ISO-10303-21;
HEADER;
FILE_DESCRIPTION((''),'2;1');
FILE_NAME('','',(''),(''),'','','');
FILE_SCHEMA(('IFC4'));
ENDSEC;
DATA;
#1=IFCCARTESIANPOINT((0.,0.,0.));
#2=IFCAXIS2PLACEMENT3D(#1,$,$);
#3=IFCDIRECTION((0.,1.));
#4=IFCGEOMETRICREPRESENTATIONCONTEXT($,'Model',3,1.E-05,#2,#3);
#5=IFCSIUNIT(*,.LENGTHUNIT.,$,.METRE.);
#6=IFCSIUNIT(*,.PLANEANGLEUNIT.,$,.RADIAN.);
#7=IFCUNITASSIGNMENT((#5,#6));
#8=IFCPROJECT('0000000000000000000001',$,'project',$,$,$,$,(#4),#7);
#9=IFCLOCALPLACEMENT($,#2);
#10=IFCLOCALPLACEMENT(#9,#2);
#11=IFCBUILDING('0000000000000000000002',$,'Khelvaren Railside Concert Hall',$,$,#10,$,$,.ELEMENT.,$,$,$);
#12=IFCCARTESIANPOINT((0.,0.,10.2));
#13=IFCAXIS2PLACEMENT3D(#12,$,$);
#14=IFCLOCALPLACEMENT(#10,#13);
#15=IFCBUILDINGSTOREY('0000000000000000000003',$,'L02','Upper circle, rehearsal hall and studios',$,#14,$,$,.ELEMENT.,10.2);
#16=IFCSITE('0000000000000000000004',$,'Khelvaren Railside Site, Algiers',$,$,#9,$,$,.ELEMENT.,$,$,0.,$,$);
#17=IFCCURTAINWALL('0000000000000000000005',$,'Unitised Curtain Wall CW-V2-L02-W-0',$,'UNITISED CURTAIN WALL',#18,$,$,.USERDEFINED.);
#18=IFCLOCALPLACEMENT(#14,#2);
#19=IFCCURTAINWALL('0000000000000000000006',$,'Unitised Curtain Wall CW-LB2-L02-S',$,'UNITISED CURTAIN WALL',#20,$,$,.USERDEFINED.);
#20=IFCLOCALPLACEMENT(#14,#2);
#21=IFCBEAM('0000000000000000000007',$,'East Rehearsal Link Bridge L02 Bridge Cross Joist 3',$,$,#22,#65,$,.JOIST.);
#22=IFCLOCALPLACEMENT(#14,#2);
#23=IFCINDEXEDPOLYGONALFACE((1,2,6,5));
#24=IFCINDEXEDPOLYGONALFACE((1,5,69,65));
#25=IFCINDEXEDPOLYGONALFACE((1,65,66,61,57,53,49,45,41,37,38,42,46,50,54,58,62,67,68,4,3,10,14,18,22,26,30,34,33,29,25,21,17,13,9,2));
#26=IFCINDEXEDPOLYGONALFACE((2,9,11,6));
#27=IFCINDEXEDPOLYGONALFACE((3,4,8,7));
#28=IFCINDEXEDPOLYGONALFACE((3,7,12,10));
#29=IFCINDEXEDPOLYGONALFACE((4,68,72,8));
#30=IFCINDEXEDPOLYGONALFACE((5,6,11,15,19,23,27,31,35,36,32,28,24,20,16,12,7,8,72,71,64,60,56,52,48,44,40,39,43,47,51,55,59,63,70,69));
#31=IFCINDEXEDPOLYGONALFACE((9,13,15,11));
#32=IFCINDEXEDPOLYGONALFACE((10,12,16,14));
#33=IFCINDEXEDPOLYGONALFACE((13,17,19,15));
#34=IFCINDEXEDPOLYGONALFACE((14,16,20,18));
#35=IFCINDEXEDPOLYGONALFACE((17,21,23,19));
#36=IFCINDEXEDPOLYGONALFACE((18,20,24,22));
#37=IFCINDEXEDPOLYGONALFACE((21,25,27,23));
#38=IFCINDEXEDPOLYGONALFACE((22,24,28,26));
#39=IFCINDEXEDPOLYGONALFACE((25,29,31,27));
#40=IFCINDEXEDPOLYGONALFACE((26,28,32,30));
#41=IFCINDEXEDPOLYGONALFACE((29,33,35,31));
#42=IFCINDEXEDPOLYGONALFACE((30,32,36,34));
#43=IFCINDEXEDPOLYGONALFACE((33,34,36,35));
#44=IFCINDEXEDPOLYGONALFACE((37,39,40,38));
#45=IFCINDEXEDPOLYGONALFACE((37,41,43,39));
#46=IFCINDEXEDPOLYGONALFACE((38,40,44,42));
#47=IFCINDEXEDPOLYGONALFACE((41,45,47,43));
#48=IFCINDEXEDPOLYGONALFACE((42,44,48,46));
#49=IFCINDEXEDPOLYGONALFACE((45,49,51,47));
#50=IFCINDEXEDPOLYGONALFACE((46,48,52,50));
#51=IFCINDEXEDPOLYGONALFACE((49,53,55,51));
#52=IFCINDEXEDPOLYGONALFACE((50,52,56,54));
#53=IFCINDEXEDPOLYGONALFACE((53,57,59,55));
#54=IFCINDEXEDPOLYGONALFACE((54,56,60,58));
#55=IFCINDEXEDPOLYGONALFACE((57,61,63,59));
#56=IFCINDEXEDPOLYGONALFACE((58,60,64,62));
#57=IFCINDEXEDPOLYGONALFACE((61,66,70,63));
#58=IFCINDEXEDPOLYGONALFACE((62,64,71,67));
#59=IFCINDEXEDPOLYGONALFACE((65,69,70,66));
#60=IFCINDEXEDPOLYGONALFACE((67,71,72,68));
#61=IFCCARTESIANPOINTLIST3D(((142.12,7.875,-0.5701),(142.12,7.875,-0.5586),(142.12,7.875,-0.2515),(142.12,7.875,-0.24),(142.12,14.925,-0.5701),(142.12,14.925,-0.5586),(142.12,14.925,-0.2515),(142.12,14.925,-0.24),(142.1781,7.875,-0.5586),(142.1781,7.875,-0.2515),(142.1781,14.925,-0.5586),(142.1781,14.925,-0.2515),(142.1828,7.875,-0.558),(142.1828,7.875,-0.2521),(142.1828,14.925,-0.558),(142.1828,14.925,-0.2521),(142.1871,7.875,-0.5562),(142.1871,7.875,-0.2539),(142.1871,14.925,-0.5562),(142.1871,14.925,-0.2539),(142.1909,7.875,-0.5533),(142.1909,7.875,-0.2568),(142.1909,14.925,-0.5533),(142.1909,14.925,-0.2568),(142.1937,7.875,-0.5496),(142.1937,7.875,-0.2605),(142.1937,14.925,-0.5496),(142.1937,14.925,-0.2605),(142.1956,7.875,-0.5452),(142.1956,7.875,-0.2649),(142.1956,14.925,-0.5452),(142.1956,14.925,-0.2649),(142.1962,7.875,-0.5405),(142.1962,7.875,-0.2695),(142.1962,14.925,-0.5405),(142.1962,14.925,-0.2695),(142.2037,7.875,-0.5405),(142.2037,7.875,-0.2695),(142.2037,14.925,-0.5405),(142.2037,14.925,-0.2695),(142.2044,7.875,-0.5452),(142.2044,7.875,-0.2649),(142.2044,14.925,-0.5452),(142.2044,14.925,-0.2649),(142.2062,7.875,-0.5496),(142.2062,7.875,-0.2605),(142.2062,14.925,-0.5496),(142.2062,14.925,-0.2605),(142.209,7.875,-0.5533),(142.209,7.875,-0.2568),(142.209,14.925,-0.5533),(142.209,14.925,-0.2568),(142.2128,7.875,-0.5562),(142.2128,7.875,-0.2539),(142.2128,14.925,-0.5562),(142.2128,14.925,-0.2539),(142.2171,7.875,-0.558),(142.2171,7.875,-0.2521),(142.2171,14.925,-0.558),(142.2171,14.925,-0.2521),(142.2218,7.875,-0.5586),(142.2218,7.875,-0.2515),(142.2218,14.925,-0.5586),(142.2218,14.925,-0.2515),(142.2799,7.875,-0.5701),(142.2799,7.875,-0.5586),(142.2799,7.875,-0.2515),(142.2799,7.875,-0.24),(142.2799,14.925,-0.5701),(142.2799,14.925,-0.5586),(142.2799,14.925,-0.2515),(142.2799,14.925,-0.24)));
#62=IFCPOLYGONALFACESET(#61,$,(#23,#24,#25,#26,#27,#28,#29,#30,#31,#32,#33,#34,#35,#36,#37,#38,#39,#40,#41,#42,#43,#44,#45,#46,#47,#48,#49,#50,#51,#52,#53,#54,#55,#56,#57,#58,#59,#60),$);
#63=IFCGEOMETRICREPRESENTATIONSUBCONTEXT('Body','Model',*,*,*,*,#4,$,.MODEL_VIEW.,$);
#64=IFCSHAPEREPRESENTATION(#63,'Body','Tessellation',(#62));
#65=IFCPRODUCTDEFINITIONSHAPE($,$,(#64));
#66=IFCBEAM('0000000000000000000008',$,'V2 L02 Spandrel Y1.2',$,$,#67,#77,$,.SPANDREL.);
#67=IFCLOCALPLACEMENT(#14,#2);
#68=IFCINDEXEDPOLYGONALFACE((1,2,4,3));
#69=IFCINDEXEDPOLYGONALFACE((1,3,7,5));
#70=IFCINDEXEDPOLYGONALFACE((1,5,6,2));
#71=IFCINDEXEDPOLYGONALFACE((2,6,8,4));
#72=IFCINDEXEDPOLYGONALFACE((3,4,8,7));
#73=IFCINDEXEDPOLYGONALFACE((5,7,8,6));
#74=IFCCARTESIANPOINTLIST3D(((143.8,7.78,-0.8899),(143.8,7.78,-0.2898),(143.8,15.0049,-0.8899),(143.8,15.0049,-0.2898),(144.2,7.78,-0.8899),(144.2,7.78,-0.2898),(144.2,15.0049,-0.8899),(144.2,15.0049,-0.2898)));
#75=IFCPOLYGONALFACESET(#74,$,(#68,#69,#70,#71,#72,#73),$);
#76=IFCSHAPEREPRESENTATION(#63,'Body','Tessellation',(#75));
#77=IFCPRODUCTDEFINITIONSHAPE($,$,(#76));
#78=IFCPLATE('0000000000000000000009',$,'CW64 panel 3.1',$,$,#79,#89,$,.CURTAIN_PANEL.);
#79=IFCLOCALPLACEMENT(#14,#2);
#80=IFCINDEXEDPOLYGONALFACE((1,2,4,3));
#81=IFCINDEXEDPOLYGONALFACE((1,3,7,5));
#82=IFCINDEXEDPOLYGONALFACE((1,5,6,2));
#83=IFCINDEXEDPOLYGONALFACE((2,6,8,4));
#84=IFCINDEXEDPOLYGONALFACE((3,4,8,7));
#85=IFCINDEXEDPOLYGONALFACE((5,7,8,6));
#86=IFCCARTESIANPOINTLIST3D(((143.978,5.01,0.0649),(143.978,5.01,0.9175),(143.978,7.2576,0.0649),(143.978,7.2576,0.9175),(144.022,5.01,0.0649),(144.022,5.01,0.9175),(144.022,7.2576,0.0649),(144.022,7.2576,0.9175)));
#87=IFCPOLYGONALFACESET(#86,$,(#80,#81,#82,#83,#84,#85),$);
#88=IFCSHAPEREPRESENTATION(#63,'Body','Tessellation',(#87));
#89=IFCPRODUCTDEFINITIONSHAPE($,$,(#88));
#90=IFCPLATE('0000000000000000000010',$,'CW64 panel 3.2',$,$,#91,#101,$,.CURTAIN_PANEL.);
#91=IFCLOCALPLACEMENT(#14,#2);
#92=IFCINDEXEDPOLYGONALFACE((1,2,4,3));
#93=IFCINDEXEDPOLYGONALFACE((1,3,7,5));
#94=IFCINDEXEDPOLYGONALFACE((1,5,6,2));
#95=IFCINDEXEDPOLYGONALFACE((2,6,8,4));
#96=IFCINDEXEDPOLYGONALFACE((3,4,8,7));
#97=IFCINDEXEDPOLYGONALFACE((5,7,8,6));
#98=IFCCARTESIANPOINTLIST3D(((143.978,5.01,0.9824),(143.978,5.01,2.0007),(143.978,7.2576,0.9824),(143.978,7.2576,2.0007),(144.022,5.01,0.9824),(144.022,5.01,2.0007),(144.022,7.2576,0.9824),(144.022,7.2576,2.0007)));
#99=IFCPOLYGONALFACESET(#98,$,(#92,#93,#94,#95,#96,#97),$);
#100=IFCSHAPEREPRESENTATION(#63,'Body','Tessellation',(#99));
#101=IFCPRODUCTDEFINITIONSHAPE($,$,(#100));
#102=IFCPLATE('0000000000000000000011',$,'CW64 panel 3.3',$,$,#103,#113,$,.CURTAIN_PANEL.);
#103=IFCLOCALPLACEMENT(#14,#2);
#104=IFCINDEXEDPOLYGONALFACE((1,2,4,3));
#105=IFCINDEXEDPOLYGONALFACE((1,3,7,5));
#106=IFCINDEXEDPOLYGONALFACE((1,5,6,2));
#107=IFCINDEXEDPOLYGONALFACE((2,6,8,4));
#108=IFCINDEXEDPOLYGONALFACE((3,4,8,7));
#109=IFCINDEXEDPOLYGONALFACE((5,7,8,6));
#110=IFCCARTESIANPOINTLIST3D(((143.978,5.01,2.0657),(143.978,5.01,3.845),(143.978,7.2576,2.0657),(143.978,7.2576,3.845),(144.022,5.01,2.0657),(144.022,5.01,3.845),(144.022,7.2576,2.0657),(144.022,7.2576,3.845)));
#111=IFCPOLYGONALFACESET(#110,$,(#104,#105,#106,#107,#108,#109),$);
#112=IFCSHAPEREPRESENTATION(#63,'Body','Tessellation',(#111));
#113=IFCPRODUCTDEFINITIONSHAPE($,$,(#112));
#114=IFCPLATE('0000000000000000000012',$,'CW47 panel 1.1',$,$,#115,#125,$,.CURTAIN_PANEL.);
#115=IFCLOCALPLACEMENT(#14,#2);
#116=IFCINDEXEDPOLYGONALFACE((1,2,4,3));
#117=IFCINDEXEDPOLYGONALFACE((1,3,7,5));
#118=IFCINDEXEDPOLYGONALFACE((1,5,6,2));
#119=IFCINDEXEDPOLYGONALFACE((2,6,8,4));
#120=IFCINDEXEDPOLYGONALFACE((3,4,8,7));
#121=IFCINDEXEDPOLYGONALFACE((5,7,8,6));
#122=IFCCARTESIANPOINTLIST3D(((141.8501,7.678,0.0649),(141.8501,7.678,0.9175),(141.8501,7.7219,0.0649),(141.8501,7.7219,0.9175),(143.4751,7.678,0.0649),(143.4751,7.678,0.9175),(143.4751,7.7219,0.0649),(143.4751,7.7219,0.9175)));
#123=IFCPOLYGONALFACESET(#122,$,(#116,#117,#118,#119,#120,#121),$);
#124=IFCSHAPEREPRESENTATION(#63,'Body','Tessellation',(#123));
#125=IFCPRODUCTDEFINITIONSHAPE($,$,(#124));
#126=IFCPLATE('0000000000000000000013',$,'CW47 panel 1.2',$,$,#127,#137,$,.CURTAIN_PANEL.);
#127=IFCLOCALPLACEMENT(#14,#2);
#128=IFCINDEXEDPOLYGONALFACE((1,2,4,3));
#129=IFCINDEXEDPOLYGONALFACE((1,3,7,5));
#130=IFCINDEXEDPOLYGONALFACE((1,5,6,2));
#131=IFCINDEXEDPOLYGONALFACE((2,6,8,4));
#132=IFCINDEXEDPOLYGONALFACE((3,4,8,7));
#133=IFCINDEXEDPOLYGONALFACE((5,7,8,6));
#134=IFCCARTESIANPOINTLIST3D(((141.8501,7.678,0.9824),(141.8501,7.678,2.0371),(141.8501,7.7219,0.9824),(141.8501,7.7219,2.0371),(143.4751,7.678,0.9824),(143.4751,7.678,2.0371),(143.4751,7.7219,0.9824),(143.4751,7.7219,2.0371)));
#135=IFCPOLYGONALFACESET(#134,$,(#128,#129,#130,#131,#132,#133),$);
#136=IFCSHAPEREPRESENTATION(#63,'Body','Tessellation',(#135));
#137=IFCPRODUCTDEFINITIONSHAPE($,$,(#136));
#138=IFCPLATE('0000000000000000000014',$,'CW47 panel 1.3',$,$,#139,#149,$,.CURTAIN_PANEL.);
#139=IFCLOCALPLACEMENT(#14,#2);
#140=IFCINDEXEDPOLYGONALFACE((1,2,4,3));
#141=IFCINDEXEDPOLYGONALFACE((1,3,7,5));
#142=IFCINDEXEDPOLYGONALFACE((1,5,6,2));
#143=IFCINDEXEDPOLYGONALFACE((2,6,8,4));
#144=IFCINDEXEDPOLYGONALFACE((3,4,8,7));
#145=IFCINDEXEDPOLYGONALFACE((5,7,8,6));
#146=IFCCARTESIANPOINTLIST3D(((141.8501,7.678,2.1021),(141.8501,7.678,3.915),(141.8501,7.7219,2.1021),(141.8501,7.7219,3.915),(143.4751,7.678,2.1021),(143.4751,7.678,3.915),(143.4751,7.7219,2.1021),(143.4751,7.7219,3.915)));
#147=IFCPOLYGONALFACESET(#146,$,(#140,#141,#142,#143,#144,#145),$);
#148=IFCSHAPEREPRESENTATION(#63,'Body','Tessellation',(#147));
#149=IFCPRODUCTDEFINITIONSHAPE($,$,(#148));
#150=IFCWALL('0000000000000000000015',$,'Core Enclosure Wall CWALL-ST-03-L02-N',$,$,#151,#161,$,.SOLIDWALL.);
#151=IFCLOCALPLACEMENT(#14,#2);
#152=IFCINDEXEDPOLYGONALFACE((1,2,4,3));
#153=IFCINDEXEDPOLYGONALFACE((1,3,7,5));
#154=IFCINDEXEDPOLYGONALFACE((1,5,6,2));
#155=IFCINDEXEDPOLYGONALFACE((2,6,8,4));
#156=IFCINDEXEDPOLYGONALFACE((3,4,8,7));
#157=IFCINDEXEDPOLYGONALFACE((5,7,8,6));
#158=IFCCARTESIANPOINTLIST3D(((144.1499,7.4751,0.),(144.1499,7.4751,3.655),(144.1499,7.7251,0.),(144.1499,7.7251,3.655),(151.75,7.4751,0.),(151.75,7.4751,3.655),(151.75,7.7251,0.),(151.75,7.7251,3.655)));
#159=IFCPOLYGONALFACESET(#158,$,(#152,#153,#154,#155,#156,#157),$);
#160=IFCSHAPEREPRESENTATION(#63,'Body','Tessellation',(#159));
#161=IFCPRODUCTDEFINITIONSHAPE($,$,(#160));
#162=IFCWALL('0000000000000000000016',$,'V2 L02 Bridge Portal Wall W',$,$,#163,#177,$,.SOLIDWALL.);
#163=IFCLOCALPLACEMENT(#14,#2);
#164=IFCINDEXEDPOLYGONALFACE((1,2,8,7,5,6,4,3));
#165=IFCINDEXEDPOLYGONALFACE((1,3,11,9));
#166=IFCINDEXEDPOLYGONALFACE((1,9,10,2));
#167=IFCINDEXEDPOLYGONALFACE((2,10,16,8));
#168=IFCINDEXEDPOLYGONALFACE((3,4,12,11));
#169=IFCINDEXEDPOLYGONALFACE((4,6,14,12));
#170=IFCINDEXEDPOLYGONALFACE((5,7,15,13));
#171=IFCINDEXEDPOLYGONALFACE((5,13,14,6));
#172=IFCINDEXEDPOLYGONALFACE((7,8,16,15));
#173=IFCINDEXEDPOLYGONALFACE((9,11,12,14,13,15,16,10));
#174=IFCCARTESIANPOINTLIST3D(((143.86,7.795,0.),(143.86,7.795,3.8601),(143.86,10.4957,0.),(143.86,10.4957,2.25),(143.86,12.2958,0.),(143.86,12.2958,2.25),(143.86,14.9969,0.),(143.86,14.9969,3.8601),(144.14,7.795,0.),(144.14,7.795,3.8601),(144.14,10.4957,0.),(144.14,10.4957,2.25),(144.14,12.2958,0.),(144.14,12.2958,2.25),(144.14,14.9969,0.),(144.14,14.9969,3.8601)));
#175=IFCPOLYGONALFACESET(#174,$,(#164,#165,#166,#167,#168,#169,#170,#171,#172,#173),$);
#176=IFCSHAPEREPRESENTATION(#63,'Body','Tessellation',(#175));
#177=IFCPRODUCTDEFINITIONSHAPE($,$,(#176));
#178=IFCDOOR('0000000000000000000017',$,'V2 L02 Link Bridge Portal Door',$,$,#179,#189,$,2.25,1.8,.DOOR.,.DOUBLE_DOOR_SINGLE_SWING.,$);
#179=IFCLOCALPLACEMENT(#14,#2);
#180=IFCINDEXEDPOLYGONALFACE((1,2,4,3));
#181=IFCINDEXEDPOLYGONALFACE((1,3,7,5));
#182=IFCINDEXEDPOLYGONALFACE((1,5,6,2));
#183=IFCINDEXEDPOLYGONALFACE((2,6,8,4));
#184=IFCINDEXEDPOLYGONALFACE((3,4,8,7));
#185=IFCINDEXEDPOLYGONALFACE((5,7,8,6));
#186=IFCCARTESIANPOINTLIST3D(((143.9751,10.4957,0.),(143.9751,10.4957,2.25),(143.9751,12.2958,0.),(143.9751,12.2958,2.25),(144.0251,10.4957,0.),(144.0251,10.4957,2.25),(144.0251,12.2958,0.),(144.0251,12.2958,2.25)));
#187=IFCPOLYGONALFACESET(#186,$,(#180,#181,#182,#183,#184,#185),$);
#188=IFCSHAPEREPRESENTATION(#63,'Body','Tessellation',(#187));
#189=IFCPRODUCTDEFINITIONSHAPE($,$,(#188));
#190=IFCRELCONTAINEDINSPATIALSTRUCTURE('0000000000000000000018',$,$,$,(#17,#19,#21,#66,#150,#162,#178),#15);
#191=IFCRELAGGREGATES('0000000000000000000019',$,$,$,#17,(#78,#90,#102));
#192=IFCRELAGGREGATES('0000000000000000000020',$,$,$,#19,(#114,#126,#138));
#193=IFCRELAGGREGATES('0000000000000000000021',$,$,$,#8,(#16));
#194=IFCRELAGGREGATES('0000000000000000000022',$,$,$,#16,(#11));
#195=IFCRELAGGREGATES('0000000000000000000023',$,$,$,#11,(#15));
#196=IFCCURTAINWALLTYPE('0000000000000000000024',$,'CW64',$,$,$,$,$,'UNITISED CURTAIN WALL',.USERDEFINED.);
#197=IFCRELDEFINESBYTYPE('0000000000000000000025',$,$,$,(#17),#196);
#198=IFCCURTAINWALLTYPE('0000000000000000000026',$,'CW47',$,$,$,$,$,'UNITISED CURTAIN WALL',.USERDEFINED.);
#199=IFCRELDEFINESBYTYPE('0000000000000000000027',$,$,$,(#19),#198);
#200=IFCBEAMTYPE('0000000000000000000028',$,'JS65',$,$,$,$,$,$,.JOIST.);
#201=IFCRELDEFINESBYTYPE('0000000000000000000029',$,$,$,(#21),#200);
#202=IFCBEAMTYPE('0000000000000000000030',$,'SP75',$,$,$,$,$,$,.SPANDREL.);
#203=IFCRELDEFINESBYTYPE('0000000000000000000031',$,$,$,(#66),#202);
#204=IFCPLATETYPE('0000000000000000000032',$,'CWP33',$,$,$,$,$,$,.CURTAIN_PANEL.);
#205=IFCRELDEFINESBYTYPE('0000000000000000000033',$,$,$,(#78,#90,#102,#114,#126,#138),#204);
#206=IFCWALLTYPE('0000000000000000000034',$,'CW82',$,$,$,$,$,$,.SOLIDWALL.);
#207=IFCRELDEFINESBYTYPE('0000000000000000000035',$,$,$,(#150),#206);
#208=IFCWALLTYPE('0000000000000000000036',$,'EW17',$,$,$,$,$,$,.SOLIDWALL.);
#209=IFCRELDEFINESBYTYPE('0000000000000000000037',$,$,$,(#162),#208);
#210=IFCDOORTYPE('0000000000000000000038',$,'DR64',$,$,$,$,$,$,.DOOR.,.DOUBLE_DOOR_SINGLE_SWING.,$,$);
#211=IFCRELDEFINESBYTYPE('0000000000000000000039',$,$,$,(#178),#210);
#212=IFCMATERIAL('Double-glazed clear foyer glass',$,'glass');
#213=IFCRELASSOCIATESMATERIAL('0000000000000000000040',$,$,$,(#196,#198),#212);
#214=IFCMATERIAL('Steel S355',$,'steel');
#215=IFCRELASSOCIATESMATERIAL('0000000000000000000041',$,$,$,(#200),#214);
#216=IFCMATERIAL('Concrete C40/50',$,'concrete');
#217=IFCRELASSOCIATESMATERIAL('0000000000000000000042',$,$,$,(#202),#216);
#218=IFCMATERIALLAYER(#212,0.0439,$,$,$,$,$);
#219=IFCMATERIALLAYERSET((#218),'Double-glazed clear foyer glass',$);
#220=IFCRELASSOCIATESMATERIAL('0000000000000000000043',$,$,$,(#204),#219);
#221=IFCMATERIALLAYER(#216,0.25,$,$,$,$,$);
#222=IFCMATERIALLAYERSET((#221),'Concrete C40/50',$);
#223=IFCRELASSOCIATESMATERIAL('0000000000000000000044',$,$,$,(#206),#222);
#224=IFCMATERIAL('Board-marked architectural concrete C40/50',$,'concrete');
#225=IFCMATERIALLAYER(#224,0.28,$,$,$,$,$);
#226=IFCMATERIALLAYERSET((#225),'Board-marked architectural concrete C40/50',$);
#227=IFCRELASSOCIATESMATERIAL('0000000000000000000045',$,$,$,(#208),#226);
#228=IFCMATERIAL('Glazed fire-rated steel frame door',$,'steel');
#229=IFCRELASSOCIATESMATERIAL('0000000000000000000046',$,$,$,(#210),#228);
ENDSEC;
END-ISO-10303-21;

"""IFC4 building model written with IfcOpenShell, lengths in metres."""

from ifc_helpers import new_model, si_unit, direction, frame, frame_2d, origin, origin_2d, place, context, subcontext, project, spatial, rectangle, i_section, extrude, material, layer, layer_set, material_profile, profile_set, type_object, element, fill, aggregate, save


model = new_model("IFC4")

# Units and contexts
model_context = context("Model", 3, precision=1e-05, world=origin(), true_north=direction((0.0, 1.0)))
body_context = subcontext(model_context, "Body", "Model", "MODEL_VIEW")
ifc_project = project(units=[si_unit("LENGTHUNIT", "METRE"), si_unit("PLANEANGLEUNIT", "RADIAN")], contexts=[model_context])

# Site, building, storey
site_placement = place(None, origin())
site = spatial("IfcSite", under=ifc_project, at=site_placement, Name="Khelvaren Railside Site, Algiers", CompositionType="ELEMENT", RefElevation=0.0)
building_placement = place(site_placement, origin())
building = spatial("IfcBuilding", under=site, at=building_placement, Name="Khelvaren Railside Concert Hall", CompositionType="ELEMENT")
storey_placement = place(building_placement, frame((0.0, 0.0, 10.2)))
storey = spatial("IfcBuildingStorey", under=building, at=storey_placement, Name="L02", Description="Upper circle, rehearsal hall and studios", CompositionType="ELEMENT", Elevation=10.2)

# Shared definitions
ifc_material_1 = material(Name="Steel S355", Category="steel")

# Curtain wall
ifc_material_2 = material(Name="Double-glazed clear foyer glass", Category="glass")
curtain_wall_type_1 = type_object("IfcCurtainWallType", Name="CW64", ElementType="UNITISED CURTAIN WALL", PredefinedType="USERDEFINED", material=ifc_material_2)
curtain_wall_1_placement = place(storey_placement, origin())
curtain_wall_1 = element("IfcCurtainWall", 1, at=curtain_wall_1_placement, inside=storey, type_object=curtain_wall_type_1, Name="Unitised Curtain Wall CW-V2-L02-W-0", ObjectType="UNITISED CURTAIN WALL", PredefinedType="USERDEFINED")

# Curtain wall
curtain_wall_type_2 = type_object("IfcCurtainWallType", Name="CW47", ElementType="UNITISED CURTAIN WALL", PredefinedType="USERDEFINED", material=ifc_material_2)
curtain_wall_2_placement = place(storey_placement, origin())
curtain_wall_2 = element("IfcCurtainWall", 2, at=curtain_wall_2_placement, inside=storey, type_object=curtain_wall_type_2, Name="Unitised Curtain Wall CW-LB2-L02-S", ObjectType="UNITISED CURTAIN WALL", PredefinedType="USERDEFINED")

# Beams
ifc_material_profile_1 = material_profile(ifc_material_1, i_section(OverallWidth=0.1599, OverallDepth=0.3301, WebThickness=0.0076, FlangeThickness=0.0115, FilletRadius=0.0181, at=origin_2d()), Name="IPE 330")
ifc_profile_set_1 = profile_set([ifc_material_profile_1], Name="Steel S355")
beam_type_1 = type_object("IfcBeamType", Name="JS65", PredefinedType="JOIST", material=ifc_profile_set_1)
beam_1_placement = place(storey_placement, frame((142.2, 7.875, -0.405), z_axis=(0.0, 1.0, 0.0), x_axis=(-1.0, 0.0, 0.0)))
element("IfcBeam", 3, at=beam_1_placement, inside=storey, type_object=beam_type_1, Name="East Rehearsal Link Bridge L02 Bridge Cross Joist 3", PredefinedType="JOIST", context=body_context, shape_type="SweptSolid", body=[
    extrude(i_section(OverallWidth=0.1599, OverallDepth=0.3301, WebThickness=0.0076, FlangeThickness=0.0115, FilletRadius=0.0181, at=origin_2d()), origin(), (0.0, 0.0, 1.0), 7.05),
])
ifc_material_3 = material(Name="Concrete C40/50", Category="concrete")
ifc_material_profile_2 = material_profile(ifc_material_3, rectangle(XDim=0.3999, YDim=0.6001, at=origin_2d()), Name="RCB 400x600")
ifc_profile_set_2 = profile_set([ifc_material_profile_2], Name="Concrete C40/50")
beam_type_2 = type_object("IfcBeamType", Name="SP75", PredefinedType="SPANDREL", material=ifc_profile_set_2)
beam_2_placement = place(storey_placement, frame((144.0, 7.78, -0.5898), z_axis=(0.0, 1.0, 0.0), x_axis=(-1.0, 0.0, 0.0)))
element("IfcBeam", 4, at=beam_2_placement, inside=storey, type_object=beam_type_2, Name="V2 L02 Spandrel Y1.2", PredefinedType="SPANDREL", context=body_context, shape_type="SweptSolid", body=[
    extrude(rectangle(XDim=0.3999, YDim=0.6001, at=origin_2d()), origin(), (0.0, 0.0, 1.0), 7.2249),
])

# Plates
ifc_layer_1 = layer(ifc_material_2, 0.0439)
ifc_layer_set_1 = layer_set([ifc_layer_1], Name="Double-glazed clear foyer glass")
plate_type = type_object("IfcPlateType", Name="CWP33", PredefinedType="CURTAIN_PANEL", material=ifc_layer_set_1)
plate_1_placement = place(storey_placement, frame((144.0, 6.1338, 0.0649), z_axis=(0.0, 0.0, 1.0), x_axis=(0.0, 1.0, 0.0)))
plate_1 = element("IfcPlate", 5, at=plate_1_placement, type_object=plate_type, Name="CW64 panel 3.1", PredefinedType="CURTAIN_PANEL", context=body_context, shape_type="SweptSolid", body=[
    extrude(rectangle(XDim=2.2476, YDim=0.0439, at=origin_2d()), origin(), (0.0, 0.0, 1.0), 0.8525),
])
plate_2_placement = place(storey_placement, frame((144.0, 6.1338, 0.9824), z_axis=(0.0, 0.0, 1.0), x_axis=(0.0, 1.0, 0.0)))
plate_2 = element("IfcPlate", 6, at=plate_2_placement, type_object=plate_type, Name="CW64 panel 3.2", PredefinedType="CURTAIN_PANEL", context=body_context, shape_type="SweptSolid", body=[
    extrude(rectangle(XDim=2.2476, YDim=0.0439, at=origin_2d()), origin(), (0.0, 0.0, 1.0), 1.0183),
])
plate_3_placement = place(storey_placement, frame((144.0, 6.1338, 2.0657), z_axis=(0.0, 0.0, 1.0), x_axis=(0.0, 1.0, 0.0)))
plate_3 = element("IfcPlate", 7, at=plate_3_placement, type_object=plate_type, Name="CW64 panel 3.3", PredefinedType="CURTAIN_PANEL", context=body_context, shape_type="SweptSolid", body=[
    extrude(rectangle(XDim=2.2476, YDim=0.0439, at=origin_2d()), origin(), (0.0, 0.0, 1.0), 1.7793),
])
aggregate(curtain_wall_1, [plate_1, plate_2, plate_3])
plate_4_placement = place(storey_placement, frame((142.6626, 7.7, 0.0649), z_axis=(0.0, 0.0, 1.0), x_axis=(-1.0, 0.0, 0.0)))
plate_4 = element("IfcPlate", 8, at=plate_4_placement, type_object=plate_type, Name="CW47 panel 1.1", PredefinedType="CURTAIN_PANEL", context=body_context, shape_type="SweptSolid", body=[
    extrude(rectangle(XDim=1.625, YDim=0.0439, at=origin_2d()), origin(), (0.0, 0.0, 1.0), 0.8525),
])
plate_5_placement = place(storey_placement, frame((142.6626, 7.7, 0.9824), z_axis=(0.0, 0.0, 1.0), x_axis=(-1.0, 0.0, 0.0)))
plate_5 = element("IfcPlate", 9, at=plate_5_placement, type_object=plate_type, Name="CW47 panel 1.2", PredefinedType="CURTAIN_PANEL", context=body_context, shape_type="SweptSolid", body=[
    extrude(rectangle(XDim=1.625, YDim=0.0439, at=origin_2d()), origin(), (0.0, 0.0, 1.0), 1.0547),
])
plate_6_placement = place(storey_placement, frame((142.6626, 7.7, 2.1021), z_axis=(0.0, 0.0, 1.0), x_axis=(-1.0, 0.0, 0.0)))
plate_6 = element("IfcPlate", 10, at=plate_6_placement, type_object=plate_type, Name="CW47 panel 1.3", PredefinedType="CURTAIN_PANEL", context=body_context, shape_type="SweptSolid", body=[
    extrude(rectangle(XDim=1.625, YDim=0.0439, at=origin_2d()), origin(), (0.0, 0.0, 1.0), 1.813),
])
aggregate(curtain_wall_2, [plate_4, plate_5, plate_6])

# Wall
ifc_layer_2 = layer(ifc_material_3, 0.25)
ifc_layer_set_2 = layer_set([ifc_layer_2], Name="Concrete C40/50")
wall_type_1 = type_object("IfcWallType", Name="CW82", PredefinedType="SOLIDWALL", material=ifc_layer_set_2)
wall_1_placement = place(storey_placement, frame((144.1499, 7.6001, 0.0), z_axis=(0.0, 0.0, 1.0), x_axis=(1.0, 0.0, 0.0)))
element("IfcWall", 11, at=wall_1_placement, inside=storey, type_object=wall_type_1, Name="Core Enclosure Wall CWALL-ST-03-L02-N", PredefinedType="SOLIDWALL", context=body_context, shape_type="SweptSolid", body=[
    extrude(rectangle(XDim=7.6001, YDim=0.25, at=frame_2d((3.8, 0.0))), origin(), (0.0, 0.0, 1.0), 3.655),
])

# Wall, opening, door
ifc_material_4 = material(Name="Board-marked architectural concrete C40/50", Category="concrete")
ifc_layer_3 = layer(ifc_material_4, 0.28)
ifc_layer_set_3 = layer_set([ifc_layer_3], Name="Board-marked architectural concrete C40/50")
wall_type_2 = type_object("IfcWallType", Name="EW17", PredefinedType="SOLIDWALL", material=ifc_layer_set_3)
wall_2_placement = place(storey_placement, frame((144.0, 7.7949, 0.0), z_axis=(0.0, 0.0, 1.0), x_axis=(0.0, 1.0, 0.0)))
wall_2 = element("IfcWall", 12, at=wall_2_placement, inside=storey, type_object=wall_type_2, Name="V2 L02 Bridge Portal Wall W", PredefinedType="SOLIDWALL", context=body_context, shape_type="SweptSolid", body=[
    extrude(rectangle(XDim=7.2019, YDim=0.28, at=frame_2d((3.6011, 0.0))), origin(), (0.0, 0.0, 1.0), 3.8601),
])
opening_placement = place(wall_2_placement, frame((2.7009, 0.0, 0.0)))
opening = element("IfcOpeningElement", 13, at=opening_placement, cuts=wall_2, PredefinedType="OPENING", context=body_context, shape_type="SweptSolid", body=[
    extrude(rectangle(XDim=1.8, YDim=2.25, at=frame_2d((0.8999, 1.125))), frame((0.0, 0.1499, 0.0), z_axis=(0.0, -1.0, 0.0), x_axis=(1.0, 0.0, 0.0)), (0.0, 0.0, 1.0), 0.3),
])
ifc_material_5 = material(Name="Glazed fire-rated steel frame door", Category="steel")
door_type = type_object("IfcDoorType", Name="DR64", OperationType="DOUBLE_DOOR_SINGLE_SWING", PredefinedType="DOOR", material=ifc_material_5)
door_placement = place(opening_placement, origin())
door = element("IfcDoor", 14, at=door_placement, inside=storey, type_object=door_type, Name="V2 L02 Link Bridge Portal Door", OperationType="DOUBLE_DOOR_SINGLE_SWING", OverallHeight=2.25, OverallWidth=1.8, PredefinedType="DOOR", context=body_context, shape_type="SweptSolid", body=[
    extrude(rectangle(XDim=1.8, YDim=2.25, at=frame_2d((0.8999, 1.125))), frame((0.0, 0.0249, 0.0), z_axis=(0.0, -1.0, 0.0), x_axis=(1.0, 0.0, 0.0)), (0.0, 0.0, 1.0), 0.05),
])
fill(opening, door)

save(model, "model.ifc")
